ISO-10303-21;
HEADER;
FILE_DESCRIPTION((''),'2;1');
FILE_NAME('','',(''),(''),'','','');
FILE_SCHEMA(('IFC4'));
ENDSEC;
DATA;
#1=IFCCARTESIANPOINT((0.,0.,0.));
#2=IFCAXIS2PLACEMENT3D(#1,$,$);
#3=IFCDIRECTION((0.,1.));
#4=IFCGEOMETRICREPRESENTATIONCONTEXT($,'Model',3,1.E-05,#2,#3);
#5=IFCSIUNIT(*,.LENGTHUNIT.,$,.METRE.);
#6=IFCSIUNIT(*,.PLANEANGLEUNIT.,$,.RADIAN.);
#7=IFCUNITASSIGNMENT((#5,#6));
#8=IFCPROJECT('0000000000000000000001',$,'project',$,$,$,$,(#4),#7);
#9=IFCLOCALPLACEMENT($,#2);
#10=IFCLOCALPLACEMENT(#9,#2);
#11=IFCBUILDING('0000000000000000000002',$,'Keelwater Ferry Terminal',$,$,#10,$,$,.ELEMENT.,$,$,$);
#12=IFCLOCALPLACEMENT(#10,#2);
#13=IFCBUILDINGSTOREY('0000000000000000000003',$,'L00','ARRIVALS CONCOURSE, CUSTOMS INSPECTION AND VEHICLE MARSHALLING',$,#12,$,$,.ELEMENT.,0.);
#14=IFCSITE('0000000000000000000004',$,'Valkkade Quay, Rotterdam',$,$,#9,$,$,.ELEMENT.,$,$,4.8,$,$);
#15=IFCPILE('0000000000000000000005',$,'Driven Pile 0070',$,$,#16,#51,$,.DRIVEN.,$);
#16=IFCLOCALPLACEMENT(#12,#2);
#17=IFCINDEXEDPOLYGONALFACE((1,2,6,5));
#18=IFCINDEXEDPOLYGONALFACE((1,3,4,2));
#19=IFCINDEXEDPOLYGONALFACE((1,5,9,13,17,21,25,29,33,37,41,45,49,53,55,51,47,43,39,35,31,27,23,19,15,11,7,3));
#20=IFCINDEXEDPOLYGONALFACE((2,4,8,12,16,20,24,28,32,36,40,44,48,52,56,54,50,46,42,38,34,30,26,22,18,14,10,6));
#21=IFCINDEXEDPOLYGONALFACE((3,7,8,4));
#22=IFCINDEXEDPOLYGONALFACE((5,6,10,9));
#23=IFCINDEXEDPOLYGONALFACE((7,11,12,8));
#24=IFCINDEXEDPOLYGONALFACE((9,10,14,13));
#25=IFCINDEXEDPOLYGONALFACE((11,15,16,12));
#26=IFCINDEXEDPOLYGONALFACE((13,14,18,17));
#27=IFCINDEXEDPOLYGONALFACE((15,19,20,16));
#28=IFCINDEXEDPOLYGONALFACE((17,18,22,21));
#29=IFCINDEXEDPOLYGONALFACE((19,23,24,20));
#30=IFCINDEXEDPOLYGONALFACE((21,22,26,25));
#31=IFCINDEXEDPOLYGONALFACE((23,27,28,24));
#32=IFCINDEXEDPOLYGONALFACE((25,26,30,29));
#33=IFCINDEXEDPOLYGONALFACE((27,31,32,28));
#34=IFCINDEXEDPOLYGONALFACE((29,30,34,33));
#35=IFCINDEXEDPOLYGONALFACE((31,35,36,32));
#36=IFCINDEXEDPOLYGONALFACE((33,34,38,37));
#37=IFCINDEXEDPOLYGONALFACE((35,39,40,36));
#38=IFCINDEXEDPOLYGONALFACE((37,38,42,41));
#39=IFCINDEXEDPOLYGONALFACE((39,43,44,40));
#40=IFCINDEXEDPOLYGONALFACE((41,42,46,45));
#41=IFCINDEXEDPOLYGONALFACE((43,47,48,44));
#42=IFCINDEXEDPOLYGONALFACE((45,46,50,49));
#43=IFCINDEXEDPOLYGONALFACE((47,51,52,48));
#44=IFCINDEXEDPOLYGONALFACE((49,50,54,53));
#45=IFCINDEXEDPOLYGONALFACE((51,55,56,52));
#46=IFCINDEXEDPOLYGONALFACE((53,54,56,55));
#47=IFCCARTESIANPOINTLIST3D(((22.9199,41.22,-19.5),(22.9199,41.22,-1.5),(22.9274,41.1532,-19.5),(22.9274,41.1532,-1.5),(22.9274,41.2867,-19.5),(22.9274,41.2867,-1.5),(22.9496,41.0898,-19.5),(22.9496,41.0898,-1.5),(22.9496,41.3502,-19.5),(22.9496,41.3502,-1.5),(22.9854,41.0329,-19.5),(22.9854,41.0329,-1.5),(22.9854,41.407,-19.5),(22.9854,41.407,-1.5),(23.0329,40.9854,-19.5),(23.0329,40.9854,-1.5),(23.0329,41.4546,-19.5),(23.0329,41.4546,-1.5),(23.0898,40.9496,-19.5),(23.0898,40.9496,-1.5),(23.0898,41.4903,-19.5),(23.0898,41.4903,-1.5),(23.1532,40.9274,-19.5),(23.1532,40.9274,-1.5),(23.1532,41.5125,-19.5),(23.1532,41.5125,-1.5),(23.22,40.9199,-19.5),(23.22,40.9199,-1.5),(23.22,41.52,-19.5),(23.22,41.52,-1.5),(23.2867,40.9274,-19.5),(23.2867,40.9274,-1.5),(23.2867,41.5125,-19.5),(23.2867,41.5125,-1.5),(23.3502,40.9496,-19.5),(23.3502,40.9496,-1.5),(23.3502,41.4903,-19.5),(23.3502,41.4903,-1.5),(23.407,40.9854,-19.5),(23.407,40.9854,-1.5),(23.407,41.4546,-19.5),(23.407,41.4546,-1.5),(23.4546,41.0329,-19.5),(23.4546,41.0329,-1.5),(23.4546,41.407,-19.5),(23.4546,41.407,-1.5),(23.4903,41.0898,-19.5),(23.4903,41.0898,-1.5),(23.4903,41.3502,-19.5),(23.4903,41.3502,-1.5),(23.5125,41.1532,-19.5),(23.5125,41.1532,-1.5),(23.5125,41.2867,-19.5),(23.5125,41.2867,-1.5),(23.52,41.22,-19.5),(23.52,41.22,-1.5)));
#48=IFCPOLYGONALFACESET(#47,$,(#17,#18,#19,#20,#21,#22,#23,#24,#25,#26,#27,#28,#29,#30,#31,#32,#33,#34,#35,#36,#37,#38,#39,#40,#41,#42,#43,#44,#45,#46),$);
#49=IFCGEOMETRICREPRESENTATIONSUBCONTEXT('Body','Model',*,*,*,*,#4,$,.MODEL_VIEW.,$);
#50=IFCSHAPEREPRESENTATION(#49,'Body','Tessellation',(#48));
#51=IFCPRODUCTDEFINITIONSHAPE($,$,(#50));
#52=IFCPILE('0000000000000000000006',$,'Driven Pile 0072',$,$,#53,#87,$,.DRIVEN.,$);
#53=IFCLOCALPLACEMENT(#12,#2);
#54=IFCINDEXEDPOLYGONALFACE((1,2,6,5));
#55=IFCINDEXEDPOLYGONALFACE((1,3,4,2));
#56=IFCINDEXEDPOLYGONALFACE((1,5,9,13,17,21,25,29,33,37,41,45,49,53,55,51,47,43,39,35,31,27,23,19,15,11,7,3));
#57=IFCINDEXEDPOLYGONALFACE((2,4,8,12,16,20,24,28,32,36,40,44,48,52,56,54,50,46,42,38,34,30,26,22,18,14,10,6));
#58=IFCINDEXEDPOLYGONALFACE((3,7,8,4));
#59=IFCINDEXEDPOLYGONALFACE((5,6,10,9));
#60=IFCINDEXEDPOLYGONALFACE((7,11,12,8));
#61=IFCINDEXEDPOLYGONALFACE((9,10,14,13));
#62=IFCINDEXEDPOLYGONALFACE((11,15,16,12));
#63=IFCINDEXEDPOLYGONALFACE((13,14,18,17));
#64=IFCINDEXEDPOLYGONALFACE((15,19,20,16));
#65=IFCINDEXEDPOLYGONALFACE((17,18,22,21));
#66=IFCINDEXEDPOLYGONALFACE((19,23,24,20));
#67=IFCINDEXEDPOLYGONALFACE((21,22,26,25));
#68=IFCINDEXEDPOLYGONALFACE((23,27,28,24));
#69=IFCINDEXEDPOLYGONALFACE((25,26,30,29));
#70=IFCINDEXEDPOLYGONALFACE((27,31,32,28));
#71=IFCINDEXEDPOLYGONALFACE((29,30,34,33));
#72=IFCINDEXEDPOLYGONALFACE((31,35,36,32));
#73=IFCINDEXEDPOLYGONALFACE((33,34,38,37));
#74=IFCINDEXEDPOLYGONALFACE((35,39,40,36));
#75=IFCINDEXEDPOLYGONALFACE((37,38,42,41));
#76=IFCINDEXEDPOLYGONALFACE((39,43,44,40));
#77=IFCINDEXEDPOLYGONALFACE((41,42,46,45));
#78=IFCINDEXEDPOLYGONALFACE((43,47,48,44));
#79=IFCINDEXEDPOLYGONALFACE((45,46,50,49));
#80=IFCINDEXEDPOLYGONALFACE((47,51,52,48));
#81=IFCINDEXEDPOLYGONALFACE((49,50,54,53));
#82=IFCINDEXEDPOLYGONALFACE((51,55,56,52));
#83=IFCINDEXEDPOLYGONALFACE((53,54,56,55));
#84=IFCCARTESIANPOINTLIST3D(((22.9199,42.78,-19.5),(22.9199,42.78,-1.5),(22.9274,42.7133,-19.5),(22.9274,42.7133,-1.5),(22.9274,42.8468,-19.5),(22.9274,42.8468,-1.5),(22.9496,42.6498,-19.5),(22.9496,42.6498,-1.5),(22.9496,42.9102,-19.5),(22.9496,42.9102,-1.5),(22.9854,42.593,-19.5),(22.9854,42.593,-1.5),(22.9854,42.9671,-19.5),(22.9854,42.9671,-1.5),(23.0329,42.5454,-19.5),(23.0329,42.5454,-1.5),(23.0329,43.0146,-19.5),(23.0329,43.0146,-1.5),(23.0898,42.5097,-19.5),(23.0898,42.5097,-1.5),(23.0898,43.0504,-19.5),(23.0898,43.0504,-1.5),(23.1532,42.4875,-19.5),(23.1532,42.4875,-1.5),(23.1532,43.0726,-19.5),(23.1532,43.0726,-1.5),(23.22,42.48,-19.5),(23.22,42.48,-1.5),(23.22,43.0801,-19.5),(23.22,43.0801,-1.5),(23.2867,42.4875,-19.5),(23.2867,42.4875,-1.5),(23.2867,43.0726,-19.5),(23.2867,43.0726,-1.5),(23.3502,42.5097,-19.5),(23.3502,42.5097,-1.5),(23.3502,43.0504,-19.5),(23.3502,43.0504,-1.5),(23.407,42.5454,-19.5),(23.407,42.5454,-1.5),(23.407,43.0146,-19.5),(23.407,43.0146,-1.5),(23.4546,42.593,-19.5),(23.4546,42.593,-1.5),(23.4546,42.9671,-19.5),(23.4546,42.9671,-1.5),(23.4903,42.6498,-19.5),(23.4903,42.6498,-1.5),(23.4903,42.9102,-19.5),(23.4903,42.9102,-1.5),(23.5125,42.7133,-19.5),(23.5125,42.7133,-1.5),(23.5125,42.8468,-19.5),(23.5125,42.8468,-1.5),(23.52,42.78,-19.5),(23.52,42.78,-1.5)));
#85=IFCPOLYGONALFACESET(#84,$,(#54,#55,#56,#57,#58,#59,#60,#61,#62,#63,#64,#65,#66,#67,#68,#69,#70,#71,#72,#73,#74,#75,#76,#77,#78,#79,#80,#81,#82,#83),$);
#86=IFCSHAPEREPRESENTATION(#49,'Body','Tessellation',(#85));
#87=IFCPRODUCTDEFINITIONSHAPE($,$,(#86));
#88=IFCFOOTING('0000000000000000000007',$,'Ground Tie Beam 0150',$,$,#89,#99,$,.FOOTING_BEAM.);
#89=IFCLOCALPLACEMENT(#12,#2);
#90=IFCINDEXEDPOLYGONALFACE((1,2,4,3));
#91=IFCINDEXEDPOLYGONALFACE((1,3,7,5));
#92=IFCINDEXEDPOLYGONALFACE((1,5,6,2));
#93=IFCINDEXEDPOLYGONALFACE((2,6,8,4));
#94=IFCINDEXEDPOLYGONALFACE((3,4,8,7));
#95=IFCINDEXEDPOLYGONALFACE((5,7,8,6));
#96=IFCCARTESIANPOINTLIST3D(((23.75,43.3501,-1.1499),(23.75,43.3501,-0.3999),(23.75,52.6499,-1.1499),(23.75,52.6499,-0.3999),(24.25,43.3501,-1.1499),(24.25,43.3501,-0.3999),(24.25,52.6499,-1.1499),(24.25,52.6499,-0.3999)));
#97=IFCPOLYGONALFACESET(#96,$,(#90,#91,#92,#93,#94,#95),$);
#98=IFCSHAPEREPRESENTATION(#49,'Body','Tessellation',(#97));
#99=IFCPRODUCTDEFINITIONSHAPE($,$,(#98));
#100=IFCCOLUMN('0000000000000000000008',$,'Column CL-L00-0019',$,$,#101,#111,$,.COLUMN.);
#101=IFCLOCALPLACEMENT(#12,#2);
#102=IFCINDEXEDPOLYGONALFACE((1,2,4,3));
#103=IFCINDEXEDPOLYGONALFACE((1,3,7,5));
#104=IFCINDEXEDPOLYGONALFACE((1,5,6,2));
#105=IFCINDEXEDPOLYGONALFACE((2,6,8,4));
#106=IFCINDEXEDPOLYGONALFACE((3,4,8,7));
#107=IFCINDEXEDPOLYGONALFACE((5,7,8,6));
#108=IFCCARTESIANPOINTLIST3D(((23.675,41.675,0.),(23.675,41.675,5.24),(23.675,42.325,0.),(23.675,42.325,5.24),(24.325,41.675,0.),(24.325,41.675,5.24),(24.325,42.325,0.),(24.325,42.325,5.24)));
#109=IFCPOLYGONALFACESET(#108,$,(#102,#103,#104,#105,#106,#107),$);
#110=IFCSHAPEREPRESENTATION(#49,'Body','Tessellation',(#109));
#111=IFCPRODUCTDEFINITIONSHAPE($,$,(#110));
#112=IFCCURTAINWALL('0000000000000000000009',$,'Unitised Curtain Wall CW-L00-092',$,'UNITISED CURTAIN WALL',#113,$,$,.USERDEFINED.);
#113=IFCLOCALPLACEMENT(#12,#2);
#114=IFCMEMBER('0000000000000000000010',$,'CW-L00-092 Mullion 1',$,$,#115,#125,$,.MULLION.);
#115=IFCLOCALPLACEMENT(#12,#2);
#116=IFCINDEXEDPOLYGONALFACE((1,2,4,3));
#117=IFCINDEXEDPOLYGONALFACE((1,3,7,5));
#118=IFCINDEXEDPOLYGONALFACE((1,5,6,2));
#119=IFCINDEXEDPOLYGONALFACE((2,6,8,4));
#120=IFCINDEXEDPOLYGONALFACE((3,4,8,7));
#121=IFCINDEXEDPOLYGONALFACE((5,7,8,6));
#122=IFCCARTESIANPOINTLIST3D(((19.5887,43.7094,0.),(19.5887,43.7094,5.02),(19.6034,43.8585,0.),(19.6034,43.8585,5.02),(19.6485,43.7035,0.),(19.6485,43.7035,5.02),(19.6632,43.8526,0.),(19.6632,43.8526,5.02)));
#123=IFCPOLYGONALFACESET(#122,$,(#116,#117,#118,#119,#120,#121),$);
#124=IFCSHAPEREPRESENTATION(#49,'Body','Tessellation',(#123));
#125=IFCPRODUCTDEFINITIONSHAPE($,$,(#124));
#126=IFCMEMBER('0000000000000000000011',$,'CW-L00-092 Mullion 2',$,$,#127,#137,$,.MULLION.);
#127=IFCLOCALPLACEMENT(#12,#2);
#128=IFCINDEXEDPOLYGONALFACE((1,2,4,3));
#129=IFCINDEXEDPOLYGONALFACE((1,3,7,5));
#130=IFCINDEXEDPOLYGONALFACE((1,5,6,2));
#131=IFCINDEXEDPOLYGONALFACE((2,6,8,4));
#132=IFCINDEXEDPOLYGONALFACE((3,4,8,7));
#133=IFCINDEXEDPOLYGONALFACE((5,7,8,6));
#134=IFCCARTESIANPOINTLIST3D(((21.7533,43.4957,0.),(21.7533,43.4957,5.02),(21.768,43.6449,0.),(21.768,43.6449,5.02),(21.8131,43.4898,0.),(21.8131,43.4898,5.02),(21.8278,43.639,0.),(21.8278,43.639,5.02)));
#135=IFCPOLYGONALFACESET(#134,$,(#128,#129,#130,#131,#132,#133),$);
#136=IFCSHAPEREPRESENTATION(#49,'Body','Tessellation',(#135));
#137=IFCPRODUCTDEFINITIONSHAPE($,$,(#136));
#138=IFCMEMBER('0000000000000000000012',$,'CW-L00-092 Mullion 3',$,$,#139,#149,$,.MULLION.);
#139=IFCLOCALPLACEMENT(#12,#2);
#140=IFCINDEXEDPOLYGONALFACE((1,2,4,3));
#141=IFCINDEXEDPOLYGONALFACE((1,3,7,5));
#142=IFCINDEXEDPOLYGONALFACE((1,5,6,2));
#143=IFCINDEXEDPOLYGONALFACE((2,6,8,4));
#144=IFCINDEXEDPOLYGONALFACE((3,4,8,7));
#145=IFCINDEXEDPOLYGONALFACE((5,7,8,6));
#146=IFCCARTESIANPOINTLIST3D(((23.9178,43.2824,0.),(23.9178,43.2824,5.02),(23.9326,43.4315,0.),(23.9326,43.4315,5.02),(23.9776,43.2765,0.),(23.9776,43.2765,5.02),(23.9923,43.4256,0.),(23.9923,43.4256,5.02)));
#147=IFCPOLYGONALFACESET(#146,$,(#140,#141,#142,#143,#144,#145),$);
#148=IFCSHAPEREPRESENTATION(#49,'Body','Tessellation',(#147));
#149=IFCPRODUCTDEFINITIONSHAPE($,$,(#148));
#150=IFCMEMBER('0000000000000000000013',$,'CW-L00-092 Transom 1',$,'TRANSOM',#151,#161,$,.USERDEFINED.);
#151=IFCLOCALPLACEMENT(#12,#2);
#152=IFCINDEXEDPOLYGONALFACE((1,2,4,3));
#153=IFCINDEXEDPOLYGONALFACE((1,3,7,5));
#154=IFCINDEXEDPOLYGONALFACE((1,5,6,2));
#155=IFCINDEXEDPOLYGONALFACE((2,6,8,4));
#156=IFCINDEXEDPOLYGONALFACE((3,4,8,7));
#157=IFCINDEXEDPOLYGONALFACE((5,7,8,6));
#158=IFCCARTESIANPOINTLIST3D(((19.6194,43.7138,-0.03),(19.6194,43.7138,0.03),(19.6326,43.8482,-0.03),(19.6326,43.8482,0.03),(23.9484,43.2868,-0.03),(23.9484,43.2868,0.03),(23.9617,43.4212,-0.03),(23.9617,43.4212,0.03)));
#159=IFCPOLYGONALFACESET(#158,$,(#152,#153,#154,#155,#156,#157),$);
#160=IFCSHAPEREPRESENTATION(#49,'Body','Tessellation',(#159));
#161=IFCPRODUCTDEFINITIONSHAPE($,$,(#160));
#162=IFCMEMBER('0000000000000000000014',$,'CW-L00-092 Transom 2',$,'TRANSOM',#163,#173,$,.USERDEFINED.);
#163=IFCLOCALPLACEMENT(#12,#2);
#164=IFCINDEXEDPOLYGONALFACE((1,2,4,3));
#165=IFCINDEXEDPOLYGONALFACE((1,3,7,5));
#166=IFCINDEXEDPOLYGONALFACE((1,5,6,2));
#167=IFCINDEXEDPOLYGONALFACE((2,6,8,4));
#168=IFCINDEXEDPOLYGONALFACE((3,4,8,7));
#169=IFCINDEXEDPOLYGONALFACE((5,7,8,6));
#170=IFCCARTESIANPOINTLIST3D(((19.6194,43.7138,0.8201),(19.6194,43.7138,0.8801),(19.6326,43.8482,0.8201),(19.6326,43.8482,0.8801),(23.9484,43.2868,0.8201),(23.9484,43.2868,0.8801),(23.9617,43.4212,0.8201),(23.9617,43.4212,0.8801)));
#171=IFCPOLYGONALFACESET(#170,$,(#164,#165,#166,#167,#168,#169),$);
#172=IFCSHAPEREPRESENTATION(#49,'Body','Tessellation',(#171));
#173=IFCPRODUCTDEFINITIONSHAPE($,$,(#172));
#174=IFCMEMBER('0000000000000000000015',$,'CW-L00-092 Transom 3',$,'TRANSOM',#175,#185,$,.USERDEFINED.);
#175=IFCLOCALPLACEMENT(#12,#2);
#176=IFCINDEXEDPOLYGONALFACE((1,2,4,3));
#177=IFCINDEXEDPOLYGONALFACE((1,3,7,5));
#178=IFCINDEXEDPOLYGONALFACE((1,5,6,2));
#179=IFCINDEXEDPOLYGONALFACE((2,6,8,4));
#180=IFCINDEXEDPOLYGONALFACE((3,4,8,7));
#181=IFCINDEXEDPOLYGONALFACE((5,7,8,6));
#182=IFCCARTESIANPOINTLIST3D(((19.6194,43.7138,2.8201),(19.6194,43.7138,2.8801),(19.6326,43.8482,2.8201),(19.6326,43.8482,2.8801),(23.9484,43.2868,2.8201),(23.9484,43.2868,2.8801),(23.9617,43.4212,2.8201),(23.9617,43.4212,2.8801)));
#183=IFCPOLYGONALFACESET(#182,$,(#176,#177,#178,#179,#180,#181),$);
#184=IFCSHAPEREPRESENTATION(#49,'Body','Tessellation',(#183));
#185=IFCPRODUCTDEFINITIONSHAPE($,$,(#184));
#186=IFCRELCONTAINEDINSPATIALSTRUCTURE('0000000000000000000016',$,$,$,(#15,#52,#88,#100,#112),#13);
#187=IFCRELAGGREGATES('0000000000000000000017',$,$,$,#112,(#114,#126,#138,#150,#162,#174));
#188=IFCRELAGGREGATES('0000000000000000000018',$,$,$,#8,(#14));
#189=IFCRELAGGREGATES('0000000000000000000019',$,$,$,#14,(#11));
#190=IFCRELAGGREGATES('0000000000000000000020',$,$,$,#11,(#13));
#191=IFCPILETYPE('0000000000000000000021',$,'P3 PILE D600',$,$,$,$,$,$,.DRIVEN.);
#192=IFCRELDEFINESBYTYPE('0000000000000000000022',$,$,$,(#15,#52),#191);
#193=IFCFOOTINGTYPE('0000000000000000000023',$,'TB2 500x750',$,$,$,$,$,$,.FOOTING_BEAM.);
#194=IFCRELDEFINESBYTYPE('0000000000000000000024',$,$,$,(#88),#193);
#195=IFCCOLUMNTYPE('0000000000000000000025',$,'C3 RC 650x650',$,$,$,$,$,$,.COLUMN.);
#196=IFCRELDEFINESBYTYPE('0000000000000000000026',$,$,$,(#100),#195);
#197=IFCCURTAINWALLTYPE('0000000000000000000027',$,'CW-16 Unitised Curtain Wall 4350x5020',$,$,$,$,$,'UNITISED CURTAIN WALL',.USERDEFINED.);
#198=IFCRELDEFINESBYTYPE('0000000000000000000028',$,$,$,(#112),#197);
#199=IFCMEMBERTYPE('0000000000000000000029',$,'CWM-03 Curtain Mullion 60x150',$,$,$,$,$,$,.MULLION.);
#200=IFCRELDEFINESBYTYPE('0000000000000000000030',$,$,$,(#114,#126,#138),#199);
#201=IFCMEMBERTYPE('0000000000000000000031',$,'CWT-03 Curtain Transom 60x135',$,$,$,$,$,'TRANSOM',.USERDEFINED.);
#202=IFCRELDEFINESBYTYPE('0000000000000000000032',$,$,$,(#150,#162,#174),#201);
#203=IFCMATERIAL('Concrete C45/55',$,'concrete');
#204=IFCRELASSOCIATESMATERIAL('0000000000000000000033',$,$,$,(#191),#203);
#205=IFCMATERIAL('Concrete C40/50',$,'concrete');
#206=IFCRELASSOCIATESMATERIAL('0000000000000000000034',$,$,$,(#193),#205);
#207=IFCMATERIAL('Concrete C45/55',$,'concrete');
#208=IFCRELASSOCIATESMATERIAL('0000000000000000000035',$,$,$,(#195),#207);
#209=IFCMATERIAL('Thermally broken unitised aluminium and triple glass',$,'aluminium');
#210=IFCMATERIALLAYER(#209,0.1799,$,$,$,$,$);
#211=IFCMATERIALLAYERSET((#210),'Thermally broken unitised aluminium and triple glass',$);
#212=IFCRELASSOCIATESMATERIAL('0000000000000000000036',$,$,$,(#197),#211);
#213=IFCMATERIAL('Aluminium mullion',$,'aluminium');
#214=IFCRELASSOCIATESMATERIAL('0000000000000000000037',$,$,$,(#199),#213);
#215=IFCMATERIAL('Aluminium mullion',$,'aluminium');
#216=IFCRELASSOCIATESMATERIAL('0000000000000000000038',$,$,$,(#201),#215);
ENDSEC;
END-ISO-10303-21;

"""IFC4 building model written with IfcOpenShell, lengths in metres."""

from ifc_helpers import new_model, si_unit, direction, frame, origin, origin_2d, place, context, subcontext, project, spatial, rectangle, circle, extrude, material, layer, layer_set, material_profile, profile_set, type_object, element, aggregate, save


model = new_model("IFC4")

# Units and contexts
model_context = context("Model", 3, precision=1e-05, world=origin(), true_north=direction((0.0, 1.0)))
body_context = subcontext(model_context, "Body", "Model", "MODEL_VIEW")
ifc_project = project(units=[si_unit("LENGTHUNIT", "METRE"), si_unit("PLANEANGLEUNIT", "RADIAN")], contexts=[model_context])

# Site, building, storey
site_placement = place(None, origin())
site = spatial("IfcSite", under=ifc_project, at=site_placement, Name="Valkkade Quay, Rotterdam", CompositionType="ELEMENT", RefElevation=4.8)
building_placement = place(site_placement, origin())
building = spatial("IfcBuilding", under=site, at=building_placement, Name="Keelwater Ferry Terminal", CompositionType="ELEMENT")
storey_placement = place(building_placement, origin())
storey = spatial("IfcBuildingStorey", under=building, at=storey_placement, Name="L00", Description="ARRIVALS CONCOURSE, CUSTOMS INSPECTION AND VEHICLE MARSHALLING", CompositionType="ELEMENT", Elevation=0.0)

# Piles
ifc_material_1 = material(Name="Concrete C45/55", Category="concrete")
ifc_material_profile_1 = material_profile(ifc_material_1, circle(Radius=0.3, at=origin_2d()), Name="PILE D600")
ifc_profile_set_1 = profile_set([ifc_material_profile_1], Name="Concrete C45/55")
pile_type = type_object("IfcPileType", Name="P3 PILE D600", PredefinedType="DRIVEN", material=ifc_profile_set_1)
for number, where, z_axis, x_axis, name in (
    (1, (23.22, 41.22, -1.5), (0.0, 0.0, -1.0), (1.0, 0.0, 0.0), "Driven Pile 0070"),
    (2, (23.22, 42.78, -1.5), (0.0, 0.0, -1.0), (1.0, 0.0, 0.0), "Driven Pile 0072"),
):
    element("IfcPile", number, at=place(storey_placement, frame(where, z_axis=z_axis, x_axis=x_axis)), inside=storey, type_object=pile_type, Name=name, PredefinedType="DRIVEN", context=body_context, shape_type="SweptSolid", body=[
        extrude(circle(Radius=0.3, at=origin_2d()), origin(), (0.0, 0.0, 1.0), 18.0),
    ])

# Footing
ifc_material_2 = material(Name="Concrete C40/50", Category="concrete")
ifc_material_profile_2 = material_profile(ifc_material_2, rectangle(XDim=0.5, YDim=0.75, at=origin_2d()), Name="TB 500x750")
ifc_profile_set_2 = profile_set([ifc_material_profile_2], Name="Concrete C40/50")
footing_type = type_object("IfcFootingType", Name="TB2 500x750", PredefinedType="FOOTING_BEAM", material=ifc_profile_set_2)
footing_placement = place(storey_placement, frame((24.0, 43.3501, -0.7749), z_axis=(0.0, 1.0, 0.0), x_axis=(-1.0, 0.0, 0.0)))
element("IfcFooting", 3, at=footing_placement, inside=storey, type_object=footing_type, Name="Ground Tie Beam 0150", PredefinedType="FOOTING_BEAM", context=body_context, shape_type="SweptSolid", body=[
    extrude(rectangle(XDim=0.5, YDim=0.75, at=origin_2d()), origin(), (0.0, 0.0, 1.0), 9.2998),
])

# Column
ifc_material_3 = material(Name="Concrete C45/55", Category="concrete")
ifc_material_profile_3 = material_profile(ifc_material_3, rectangle(XDim=0.6499, YDim=0.6499, at=origin_2d()), Name="RC 650x650")
ifc_profile_set_3 = profile_set([ifc_material_profile_3], Name="Concrete C45/55")
column_type = type_object("IfcColumnType", Name="C3 RC 650x650", PredefinedType="COLUMN", material=ifc_profile_set_3)
column_placement = place(storey_placement, frame((24.0, 42.0, 0.0), z_axis=(0.0, 0.0, 1.0), x_axis=(1.0, 0.0, 0.0)))
element("IfcColumn", 4, at=column_placement, inside=storey, type_object=column_type, Name="Column CL-L00-0019", PredefinedType="COLUMN", context=body_context, shape_type="SweptSolid", body=[
    extrude(rectangle(XDim=0.6499, YDim=0.6499, at=origin_2d()), origin(), (0.0, 0.0, 1.0), 5.24),
])

# Curtain wall, members
ifc_material_4 = material(Name="Thermally broken unitised aluminium and triple glass", Category="aluminium")
ifc_layer_1 = layer(ifc_material_4, 0.1799)
ifc_layer_set_1 = layer_set([ifc_layer_1], Name="Thermally broken unitised aluminium and triple glass")
curtain_wall_type = type_object("IfcCurtainWallType", Name="CW-16 Unitised Curtain Wall 4350x5020", ElementType="UNITISED CURTAIN WALL", PredefinedType="USERDEFINED", material=ifc_layer_set_1)
curtain_wall_placement = place(storey_placement, origin())
curtain_wall = element("IfcCurtainWall", 5, at=curtain_wall_placement, inside=storey, type_object=curtain_wall_type, Name="Unitised Curtain Wall CW-L00-092", ObjectType="UNITISED CURTAIN WALL", PredefinedType="USERDEFINED")
ifc_material_5 = material(Name="Aluminium mullion", Category="aluminium")
ifc_material_profile_4 = material_profile(ifc_material_5, rectangle(XDim=0.0601, YDim=0.1499, at=origin_2d()), Name="CWM-03")
ifc_profile_set_4 = profile_set([ifc_material_profile_4], Name="Aluminium mullion")
member_type_1 = type_object("IfcMemberType", Name="CWM-03 Curtain Mullion 60x150", PredefinedType="MULLION", material=ifc_profile_set_4)
member_1_placement = place(storey_placement, frame((19.626, 43.781, 0.0), z_axis=(0.0, 0.0, 1.0), x_axis=(0.995171, -0.098161, 0.0)))
member_1 = element("IfcMember", 6, at=member_1_placement, type_object=member_type_1, Name="CW-L00-092 Mullion 1", PredefinedType="MULLION", context=body_context, shape_type="SweptSolid", body=[
    extrude(rectangle(XDim=0.0601, YDim=0.1499, at=origin_2d()), origin(), (0.0, 0.0, 1.0), 5.02),
])
member_2_placement = place(storey_placement, frame((21.7905, 43.5674, 0.0), z_axis=(0.0, 0.0, 1.0), x_axis=(0.995171, -0.098161, 0.0)))
member_2 = element("IfcMember", 7, at=member_2_placement, type_object=member_type_1, Name="CW-L00-092 Mullion 2", PredefinedType="MULLION", context=body_context, shape_type="SweptSolid", body=[
    extrude(rectangle(XDim=0.0601, YDim=0.1499, at=origin_2d()), origin(), (0.0, 0.0, 1.0), 5.02),
])
member_3_placement = place(storey_placement, frame((23.9551, 43.354, 0.0), z_axis=(0.0, 0.0, 1.0), x_axis=(0.995171, -0.098161, 0.0)))
member_3 = element("IfcMember", 8, at=member_3_placement, type_object=member_type_1, Name="CW-L00-092 Mullion 3", PredefinedType="MULLION", context=body_context, shape_type="SweptSolid", body=[
    extrude(rectangle(XDim=0.0601, YDim=0.1499, at=origin_2d()), origin(), (0.0, 0.0, 1.0), 5.02),
])
ifc_material_6 = material(Name="Aluminium mullion", Category="aluminium")
ifc_material_profile_5 = material_profile(ifc_material_6, rectangle(XDim=0.135, YDim=0.0601, at=origin_2d()), Name="CWT-03")
ifc_profile_set_5 = profile_set([ifc_material_profile_5], Name="Aluminium mullion")
member_type_2 = type_object("IfcMemberType", Name="CWT-03 Curtain Transom 60x135", ElementType="TRANSOM", PredefinedType="USERDEFINED", material=ifc_profile_set_5)
member_4_placement = place(storey_placement, frame((19.626, 43.781, 0.0), z_axis=(0.995171, -0.098159, 0.0), x_axis=(0.098159, 0.995171, 0.0)))
member_4 = element("IfcMember", 9, at=member_4_placement, type_object=member_type_2, Name="CW-L00-092 Transom 1", ObjectType="TRANSOM", PredefinedType="USERDEFINED", context=body_context, shape_type="SweptSolid", body=[
    extrude(rectangle(XDim=0.135, YDim=0.0601, at=origin_2d()), origin(), (0.0, 0.0, 1.0), 4.3501),
])
member_5_placement = place(storey_placement, frame((19.626, 43.781, 0.8501), z_axis=(0.995171, -0.098159, 0.0), x_axis=(0.098159, 0.995171, 0.0)))
member_5 = element("IfcMember", 10, at=member_5_placement, type_object=member_type_2, Name="CW-L00-092 Transom 2", ObjectType="TRANSOM", PredefinedType="USERDEFINED", context=body_context, shape_type="SweptSolid", body=[
    extrude(rectangle(XDim=0.135, YDim=0.0601, at=origin_2d()), origin(), (0.0, 0.0, 1.0), 4.3501),
])
member_6_placement = place(storey_placement, frame((19.626, 43.781, 2.8501), z_axis=(0.995171, -0.098159, 0.0), x_axis=(0.098159, 0.995171, 0.0)))
member_6 = element("IfcMember", 11, at=member_6_placement, type_object=member_type_2, Name="CW-L00-092 Transom 3", ObjectType="TRANSOM", PredefinedType="USERDEFINED", context=body_context, shape_type="SweptSolid", body=[
    extrude(rectangle(XDim=0.135, YDim=0.0601, at=origin_2d()), origin(), (0.0, 0.0, 1.0), 4.3501),
])

aggregate(curtain_wall, [member_1, member_2, member_3, member_4, member_5, member_6])

save(model, "model.ifc")
